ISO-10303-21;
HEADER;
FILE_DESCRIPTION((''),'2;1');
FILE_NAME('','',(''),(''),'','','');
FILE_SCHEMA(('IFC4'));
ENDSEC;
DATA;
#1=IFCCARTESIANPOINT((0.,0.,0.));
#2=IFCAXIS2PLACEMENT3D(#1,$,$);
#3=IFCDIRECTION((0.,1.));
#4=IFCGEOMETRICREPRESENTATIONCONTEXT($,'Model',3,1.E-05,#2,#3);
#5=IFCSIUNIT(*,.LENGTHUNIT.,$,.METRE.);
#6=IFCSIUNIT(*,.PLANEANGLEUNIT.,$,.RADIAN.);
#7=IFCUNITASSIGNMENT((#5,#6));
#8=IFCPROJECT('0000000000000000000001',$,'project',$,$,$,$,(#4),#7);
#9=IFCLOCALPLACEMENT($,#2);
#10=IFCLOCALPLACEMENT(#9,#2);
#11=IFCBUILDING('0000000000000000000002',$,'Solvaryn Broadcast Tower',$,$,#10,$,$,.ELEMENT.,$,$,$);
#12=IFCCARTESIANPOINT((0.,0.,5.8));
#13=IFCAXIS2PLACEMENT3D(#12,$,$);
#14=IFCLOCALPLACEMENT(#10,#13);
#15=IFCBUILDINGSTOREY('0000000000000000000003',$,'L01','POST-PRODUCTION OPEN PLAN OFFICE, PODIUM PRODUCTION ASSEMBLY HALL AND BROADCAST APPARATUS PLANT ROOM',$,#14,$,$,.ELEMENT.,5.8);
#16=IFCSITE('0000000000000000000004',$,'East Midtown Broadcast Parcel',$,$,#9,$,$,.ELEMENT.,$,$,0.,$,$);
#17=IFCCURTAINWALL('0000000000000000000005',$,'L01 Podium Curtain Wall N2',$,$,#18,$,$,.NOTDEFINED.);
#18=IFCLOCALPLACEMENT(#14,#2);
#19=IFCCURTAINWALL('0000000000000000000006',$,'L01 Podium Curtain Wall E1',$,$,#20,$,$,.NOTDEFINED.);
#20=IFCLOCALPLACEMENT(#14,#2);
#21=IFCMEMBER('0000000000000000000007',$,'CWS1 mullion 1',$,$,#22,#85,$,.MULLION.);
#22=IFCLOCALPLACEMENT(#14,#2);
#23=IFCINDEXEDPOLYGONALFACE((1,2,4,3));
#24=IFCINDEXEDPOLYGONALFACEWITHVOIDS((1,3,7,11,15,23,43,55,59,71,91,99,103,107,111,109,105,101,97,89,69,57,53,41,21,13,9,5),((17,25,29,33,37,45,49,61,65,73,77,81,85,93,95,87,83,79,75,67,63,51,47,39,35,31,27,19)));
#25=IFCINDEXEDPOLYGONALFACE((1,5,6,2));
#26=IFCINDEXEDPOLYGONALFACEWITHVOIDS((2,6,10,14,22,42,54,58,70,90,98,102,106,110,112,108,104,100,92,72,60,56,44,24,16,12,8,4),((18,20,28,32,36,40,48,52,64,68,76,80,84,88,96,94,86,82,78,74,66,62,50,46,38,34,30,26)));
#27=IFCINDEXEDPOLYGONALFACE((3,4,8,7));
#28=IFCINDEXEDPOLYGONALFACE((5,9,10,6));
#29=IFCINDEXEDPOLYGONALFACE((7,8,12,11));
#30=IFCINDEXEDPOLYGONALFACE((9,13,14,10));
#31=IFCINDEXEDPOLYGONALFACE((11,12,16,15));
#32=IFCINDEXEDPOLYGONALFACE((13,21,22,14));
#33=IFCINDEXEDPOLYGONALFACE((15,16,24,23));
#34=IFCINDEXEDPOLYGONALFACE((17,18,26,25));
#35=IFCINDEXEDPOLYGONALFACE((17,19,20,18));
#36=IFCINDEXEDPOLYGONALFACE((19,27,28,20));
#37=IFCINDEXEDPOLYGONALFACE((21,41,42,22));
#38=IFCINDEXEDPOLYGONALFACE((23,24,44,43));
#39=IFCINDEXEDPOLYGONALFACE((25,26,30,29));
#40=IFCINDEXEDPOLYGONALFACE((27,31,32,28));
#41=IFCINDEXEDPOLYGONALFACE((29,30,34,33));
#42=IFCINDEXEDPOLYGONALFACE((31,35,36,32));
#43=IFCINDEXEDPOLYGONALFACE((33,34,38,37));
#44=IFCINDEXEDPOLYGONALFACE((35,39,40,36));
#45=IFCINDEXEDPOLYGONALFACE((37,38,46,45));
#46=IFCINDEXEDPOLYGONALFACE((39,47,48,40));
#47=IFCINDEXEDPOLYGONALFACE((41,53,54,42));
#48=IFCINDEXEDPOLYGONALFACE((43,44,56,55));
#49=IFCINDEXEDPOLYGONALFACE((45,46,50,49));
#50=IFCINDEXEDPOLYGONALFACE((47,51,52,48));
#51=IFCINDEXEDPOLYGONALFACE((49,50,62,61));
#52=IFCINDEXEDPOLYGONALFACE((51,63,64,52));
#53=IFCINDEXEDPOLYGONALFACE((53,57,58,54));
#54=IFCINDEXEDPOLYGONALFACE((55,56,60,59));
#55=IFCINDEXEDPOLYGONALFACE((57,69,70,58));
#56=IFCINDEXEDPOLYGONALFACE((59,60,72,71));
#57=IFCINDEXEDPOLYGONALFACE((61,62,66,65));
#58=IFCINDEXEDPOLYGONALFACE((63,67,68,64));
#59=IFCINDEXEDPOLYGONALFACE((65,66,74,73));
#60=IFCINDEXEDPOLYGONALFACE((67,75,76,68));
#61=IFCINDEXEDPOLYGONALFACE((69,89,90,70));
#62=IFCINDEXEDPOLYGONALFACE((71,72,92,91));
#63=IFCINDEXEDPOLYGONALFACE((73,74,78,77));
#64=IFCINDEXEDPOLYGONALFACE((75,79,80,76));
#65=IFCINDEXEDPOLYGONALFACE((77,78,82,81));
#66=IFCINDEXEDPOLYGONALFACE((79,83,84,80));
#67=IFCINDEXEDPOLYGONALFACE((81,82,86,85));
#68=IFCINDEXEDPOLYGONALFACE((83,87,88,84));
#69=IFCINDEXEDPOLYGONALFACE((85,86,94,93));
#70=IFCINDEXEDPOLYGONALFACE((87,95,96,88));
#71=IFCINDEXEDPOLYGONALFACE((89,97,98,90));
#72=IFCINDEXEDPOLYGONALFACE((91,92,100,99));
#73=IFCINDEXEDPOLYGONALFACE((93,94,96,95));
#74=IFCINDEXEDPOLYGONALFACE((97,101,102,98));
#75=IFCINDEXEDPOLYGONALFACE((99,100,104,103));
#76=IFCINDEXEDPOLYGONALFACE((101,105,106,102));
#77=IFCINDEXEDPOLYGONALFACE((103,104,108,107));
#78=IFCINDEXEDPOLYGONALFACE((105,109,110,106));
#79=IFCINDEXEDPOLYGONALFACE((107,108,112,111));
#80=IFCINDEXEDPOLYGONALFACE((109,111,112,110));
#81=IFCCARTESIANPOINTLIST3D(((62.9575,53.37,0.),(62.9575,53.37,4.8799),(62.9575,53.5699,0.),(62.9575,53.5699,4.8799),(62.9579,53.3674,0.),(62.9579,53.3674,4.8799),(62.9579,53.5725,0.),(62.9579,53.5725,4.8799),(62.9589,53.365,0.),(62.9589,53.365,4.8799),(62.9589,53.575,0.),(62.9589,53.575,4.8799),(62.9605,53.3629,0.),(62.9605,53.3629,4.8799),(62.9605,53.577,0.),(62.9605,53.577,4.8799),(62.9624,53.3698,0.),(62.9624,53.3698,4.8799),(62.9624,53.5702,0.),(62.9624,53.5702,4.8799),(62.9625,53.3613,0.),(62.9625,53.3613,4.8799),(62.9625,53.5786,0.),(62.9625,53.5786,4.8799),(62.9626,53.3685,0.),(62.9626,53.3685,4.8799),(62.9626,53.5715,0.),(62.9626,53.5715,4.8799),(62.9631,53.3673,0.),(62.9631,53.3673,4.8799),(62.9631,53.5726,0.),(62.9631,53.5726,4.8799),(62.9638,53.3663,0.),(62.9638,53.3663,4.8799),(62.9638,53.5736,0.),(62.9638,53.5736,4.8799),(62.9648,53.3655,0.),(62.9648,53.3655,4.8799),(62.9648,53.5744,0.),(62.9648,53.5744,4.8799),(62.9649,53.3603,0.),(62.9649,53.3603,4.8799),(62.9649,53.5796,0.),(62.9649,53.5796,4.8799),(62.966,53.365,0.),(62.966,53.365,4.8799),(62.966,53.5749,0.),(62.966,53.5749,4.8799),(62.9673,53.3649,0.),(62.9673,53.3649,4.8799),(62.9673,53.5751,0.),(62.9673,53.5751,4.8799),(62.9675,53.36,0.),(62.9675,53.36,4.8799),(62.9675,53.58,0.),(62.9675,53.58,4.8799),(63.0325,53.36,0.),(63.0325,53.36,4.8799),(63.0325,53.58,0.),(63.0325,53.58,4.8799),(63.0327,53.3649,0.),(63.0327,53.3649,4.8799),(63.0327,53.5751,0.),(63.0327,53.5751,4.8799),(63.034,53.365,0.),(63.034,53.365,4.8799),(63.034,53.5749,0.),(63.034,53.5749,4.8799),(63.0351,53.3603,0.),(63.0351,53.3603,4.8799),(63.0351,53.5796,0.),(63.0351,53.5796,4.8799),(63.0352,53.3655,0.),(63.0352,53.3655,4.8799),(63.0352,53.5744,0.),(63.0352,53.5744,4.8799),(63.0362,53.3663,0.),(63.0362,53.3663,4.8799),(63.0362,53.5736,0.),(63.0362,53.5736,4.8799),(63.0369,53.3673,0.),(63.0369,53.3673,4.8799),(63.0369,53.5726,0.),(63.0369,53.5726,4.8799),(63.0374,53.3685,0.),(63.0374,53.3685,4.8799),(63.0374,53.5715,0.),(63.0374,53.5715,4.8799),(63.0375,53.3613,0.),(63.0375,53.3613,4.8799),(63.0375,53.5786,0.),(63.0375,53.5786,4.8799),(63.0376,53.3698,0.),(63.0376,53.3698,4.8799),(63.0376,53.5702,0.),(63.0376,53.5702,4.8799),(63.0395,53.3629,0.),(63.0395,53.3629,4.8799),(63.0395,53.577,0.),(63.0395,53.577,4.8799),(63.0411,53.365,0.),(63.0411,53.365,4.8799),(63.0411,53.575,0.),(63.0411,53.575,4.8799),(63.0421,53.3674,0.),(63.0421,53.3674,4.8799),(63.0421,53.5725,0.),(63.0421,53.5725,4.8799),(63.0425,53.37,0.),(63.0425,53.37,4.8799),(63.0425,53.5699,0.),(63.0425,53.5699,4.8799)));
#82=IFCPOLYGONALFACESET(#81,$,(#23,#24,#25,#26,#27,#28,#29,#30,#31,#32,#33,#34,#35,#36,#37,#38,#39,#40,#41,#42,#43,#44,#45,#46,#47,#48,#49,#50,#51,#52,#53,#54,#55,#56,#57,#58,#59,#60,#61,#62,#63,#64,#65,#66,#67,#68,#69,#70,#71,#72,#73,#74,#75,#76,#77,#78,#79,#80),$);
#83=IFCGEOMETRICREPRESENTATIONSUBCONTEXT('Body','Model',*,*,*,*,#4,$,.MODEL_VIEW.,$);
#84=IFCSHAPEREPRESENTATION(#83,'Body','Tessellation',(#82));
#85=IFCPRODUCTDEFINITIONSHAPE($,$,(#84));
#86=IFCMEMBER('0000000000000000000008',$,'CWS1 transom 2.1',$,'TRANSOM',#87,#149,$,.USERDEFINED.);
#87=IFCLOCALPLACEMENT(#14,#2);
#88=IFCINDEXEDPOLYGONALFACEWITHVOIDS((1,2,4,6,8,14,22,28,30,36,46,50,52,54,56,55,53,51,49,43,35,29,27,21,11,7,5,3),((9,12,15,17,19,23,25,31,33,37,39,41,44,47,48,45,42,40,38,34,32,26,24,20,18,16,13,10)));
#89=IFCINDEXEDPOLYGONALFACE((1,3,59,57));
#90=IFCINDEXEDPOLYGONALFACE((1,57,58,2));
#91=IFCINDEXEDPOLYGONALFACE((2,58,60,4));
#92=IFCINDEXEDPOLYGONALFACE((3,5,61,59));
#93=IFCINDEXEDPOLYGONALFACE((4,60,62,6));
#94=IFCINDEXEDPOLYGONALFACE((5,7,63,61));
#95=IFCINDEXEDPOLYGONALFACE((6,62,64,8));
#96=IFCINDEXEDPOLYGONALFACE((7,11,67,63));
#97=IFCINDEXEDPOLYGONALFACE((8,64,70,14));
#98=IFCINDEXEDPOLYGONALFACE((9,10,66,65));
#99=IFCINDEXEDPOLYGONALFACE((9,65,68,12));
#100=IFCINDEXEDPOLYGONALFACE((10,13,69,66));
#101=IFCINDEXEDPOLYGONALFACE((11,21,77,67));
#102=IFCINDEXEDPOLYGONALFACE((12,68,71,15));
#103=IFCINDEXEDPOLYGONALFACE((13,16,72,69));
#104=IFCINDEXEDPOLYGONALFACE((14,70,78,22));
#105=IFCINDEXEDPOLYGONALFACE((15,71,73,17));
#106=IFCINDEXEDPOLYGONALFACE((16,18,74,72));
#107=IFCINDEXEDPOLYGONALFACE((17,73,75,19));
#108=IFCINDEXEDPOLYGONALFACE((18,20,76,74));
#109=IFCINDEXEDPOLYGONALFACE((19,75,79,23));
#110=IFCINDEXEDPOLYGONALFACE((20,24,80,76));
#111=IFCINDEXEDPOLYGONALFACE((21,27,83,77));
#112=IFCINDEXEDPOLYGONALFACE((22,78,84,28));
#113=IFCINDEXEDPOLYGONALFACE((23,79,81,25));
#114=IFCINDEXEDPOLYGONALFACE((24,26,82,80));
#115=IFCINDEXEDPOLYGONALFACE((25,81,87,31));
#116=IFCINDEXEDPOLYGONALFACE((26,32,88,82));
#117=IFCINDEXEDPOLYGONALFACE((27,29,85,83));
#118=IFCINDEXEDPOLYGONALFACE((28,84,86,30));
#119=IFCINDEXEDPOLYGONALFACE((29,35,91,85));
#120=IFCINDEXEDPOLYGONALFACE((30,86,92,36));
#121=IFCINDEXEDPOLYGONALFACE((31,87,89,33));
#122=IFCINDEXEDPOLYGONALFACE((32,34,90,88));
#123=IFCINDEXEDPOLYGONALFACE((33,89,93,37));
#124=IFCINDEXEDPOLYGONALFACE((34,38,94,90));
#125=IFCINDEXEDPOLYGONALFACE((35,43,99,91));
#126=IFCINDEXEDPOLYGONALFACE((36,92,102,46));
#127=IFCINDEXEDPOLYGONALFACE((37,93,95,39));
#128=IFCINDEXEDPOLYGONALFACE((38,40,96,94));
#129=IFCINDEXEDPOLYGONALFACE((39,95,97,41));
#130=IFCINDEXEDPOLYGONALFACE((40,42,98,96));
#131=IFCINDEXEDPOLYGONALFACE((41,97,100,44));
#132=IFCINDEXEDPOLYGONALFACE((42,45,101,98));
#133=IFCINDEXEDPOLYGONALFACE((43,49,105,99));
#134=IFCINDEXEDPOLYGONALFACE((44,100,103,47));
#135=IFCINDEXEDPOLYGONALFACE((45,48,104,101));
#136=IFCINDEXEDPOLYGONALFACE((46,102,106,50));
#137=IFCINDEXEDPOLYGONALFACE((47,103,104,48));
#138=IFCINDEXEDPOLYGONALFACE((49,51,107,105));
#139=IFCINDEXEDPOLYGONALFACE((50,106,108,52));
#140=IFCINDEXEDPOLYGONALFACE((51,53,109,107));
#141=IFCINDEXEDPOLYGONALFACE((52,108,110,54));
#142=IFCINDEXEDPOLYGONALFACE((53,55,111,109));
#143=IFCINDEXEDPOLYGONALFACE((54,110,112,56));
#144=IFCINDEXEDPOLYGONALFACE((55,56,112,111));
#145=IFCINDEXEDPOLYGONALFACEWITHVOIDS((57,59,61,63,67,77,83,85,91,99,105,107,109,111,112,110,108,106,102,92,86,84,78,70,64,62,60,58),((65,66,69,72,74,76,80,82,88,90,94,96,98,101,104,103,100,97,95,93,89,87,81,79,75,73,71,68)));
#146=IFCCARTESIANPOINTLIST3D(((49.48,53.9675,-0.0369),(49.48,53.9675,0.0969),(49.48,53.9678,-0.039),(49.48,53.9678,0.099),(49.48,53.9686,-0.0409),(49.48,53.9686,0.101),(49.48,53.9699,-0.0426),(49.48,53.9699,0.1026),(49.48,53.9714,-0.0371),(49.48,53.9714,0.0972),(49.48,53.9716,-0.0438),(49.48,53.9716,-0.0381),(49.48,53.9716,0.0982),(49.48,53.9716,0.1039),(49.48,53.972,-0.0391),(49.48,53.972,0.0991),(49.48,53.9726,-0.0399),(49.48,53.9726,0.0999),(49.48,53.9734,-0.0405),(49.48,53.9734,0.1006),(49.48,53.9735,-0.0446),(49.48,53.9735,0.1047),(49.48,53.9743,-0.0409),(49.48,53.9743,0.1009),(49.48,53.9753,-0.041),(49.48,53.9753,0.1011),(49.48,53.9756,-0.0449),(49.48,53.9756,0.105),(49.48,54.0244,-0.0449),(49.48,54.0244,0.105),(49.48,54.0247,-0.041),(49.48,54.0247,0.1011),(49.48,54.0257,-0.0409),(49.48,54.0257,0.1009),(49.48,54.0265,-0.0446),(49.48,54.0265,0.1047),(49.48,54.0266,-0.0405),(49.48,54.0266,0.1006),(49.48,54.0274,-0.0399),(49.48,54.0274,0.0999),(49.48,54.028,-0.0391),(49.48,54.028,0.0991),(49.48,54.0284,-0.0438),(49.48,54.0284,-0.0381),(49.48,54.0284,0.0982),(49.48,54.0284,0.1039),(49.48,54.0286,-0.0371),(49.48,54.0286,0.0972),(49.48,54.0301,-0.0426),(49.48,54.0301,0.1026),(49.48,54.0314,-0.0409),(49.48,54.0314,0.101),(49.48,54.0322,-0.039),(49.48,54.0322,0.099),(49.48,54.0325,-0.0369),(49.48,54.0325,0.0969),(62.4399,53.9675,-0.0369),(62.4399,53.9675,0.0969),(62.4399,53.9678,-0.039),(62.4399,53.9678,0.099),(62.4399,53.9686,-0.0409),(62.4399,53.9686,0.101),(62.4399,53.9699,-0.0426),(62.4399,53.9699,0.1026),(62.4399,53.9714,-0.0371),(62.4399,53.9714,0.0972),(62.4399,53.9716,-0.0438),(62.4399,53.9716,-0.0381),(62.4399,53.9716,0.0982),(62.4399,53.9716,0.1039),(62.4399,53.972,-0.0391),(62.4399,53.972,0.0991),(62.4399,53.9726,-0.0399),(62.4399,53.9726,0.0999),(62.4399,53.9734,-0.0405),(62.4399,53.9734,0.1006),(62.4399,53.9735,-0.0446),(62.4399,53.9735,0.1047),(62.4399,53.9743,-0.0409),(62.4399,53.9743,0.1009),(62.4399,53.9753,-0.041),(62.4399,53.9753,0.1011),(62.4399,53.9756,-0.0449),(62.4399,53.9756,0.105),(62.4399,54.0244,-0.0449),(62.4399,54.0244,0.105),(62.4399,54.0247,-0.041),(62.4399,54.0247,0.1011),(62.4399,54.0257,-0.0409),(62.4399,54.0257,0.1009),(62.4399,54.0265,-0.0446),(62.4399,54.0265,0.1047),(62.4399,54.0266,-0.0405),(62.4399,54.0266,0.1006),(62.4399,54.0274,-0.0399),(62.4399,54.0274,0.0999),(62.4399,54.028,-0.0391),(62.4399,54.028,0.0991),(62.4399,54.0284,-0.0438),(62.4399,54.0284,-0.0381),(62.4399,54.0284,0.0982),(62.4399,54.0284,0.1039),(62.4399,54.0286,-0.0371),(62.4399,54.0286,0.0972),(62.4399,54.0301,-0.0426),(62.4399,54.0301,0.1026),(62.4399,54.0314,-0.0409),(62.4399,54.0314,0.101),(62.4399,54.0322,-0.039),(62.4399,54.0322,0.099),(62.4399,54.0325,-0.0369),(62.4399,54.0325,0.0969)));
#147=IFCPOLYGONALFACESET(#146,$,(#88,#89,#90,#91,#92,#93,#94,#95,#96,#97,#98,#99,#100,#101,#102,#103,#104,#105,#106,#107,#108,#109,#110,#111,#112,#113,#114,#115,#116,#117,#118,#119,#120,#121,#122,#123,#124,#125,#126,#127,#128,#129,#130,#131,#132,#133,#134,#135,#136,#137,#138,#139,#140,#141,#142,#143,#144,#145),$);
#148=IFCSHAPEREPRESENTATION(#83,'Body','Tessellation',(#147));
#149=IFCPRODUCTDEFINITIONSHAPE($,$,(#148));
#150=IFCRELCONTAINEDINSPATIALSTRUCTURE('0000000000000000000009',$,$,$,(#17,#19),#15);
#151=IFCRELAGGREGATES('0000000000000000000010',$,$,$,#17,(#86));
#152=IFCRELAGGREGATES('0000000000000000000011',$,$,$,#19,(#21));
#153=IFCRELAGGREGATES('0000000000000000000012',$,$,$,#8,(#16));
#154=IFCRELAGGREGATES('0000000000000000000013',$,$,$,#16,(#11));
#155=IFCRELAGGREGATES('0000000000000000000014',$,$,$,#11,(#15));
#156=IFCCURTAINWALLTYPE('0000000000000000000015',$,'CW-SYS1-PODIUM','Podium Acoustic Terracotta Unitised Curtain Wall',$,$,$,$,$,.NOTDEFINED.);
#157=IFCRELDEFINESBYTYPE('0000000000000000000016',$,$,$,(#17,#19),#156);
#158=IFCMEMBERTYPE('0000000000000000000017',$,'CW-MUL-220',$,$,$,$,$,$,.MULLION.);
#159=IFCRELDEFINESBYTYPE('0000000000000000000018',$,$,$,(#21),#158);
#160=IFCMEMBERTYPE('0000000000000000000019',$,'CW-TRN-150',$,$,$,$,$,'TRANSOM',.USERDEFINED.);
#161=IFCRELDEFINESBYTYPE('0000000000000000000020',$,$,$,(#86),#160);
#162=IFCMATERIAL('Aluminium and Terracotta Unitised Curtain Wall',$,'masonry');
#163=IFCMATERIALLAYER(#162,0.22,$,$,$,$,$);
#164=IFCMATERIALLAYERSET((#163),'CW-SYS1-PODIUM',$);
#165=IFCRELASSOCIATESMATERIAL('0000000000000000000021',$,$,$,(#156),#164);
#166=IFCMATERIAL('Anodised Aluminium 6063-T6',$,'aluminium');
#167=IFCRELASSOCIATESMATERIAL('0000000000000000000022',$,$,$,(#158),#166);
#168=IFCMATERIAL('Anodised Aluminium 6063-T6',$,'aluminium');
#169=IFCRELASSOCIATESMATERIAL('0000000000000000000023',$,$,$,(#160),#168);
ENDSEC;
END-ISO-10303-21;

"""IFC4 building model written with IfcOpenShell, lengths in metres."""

from ifc_helpers import new_model, si_unit, direction, frame, origin, origin_2d, place, context, subcontext, project, spatial, hollow_rectangle, extrude, material, layer, layer_set, material_profile, profile_set, type_object, element, aggregate, save


model = new_model("IFC4")

# Units and contexts
model_context = context("Model", 3, precision=1e-05, world=origin(), true_north=direction((0.0, 1.0)))
body_context = subcontext(model_context, "Body", "Model", "MODEL_VIEW")
ifc_project = project(units=[si_unit("LENGTHUNIT", "METRE"), si_unit("PLANEANGLEUNIT", "RADIAN")], contexts=[model_context])

# Site, building, storey
site_placement = place(None, origin())
site = spatial("IfcSite", under=ifc_project, at=site_placement, Name="East Midtown Broadcast Parcel", CompositionType="ELEMENT", RefElevation=0.0)
building_placement = place(site_placement, origin())
building = spatial("IfcBuilding", under=site, at=building_placement, Name="Solvaryn Broadcast Tower", CompositionType="ELEMENT")
storey_placement = place(building_placement, frame((0.0, 0.0, 5.8)))
storey = spatial("IfcBuildingStorey", under=building, at=storey_placement, Name="L01", Description="POST-PRODUCTION OPEN PLAN OFFICE, PODIUM PRODUCTION ASSEMBLY HALL AND BROADCAST APPARATUS PLANT ROOM", CompositionType="ELEMENT", Elevation=5.8)

# Curtain wall
ifc_material_1 = material(Name="Aluminium and Terracotta Unitised Curtain Wall", Category="masonry")
ifc_layer_1 = layer(ifc_material_1, 0.22)
ifc_layer_set_1 = layer_set([ifc_layer_1], Name="CW-SYS1-PODIUM")
curtain_wall_type = type_object("IfcCurtainWallType", Name="CW-SYS1-PODIUM", Description="Podium Acoustic Terracotta Unitised Curtain Wall", PredefinedType="NOTDEFINED", material=ifc_layer_set_1)
curtain_wall_1_placement = place(storey_placement, origin())
curtain_wall_1 = element("IfcCurtainWall", 1, at=curtain_wall_1_placement, inside=storey, type_object=curtain_wall_type, Name="L01 Podium Curtain Wall N2", PredefinedType="NOTDEFINED")
ifc_material_2 = material(Name="Anodised Aluminium 6063-T6", Category="aluminium")
ifc_material_profile_1 = material_profile(ifc_material_2, hollow_rectangle(XDim=0.085, YDim=0.22, WallThickness=0.0049, InnerFilletRadius=0.0049, OuterFilletRadius=0.01, at=origin_2d()))
ifc_profile_set_1 = profile_set([ifc_material_profile_1], Name="Anodised Aluminium 6063-T6")
member_type_1 = type_object("IfcMemberType", Name="CW-MUL-220", PredefinedType="MULLION", material=ifc_profile_set_1)

# Curtain wall, member
curtain_wall_2_placement = place(storey_placement, origin())
curtain_wall_2 = element("IfcCurtainWall", 2, at=curtain_wall_2_placement, inside=storey, type_object=curtain_wall_type, Name="L01 Podium Curtain Wall E1", PredefinedType="NOTDEFINED")
member_1_placement = place(storey_placement, frame((63.0, 53.47, 0.0), z_axis=(0.0, 0.0, 1.0), x_axis=(1.0, 0.0, 0.0)))
member_1 = element("IfcMember", 3, at=member_1_placement, type_object=member_type_1, Name="CWS1 mullion 1", PredefinedType="MULLION", context=body_context, shape_type="SweptSolid", body=[
    extrude(hollow_rectangle(XDim=0.085, YDim=0.22, WallThickness=0.0049, InnerFilletRadius=0.0049, OuterFilletRadius=0.01, at=origin_2d()), origin(), (0.0, 0.0, 1.0), 4.8799),
])

# Member
ifc_material_3 = material(Name="Anodised Aluminium 6063-T6", Category="aluminium")
ifc_material_profile_2 = material_profile(ifc_material_3, hollow_rectangle(XDim=0.0649, YDim=0.1499, WallThickness=0.0039, InnerFilletRadius=0.0039, OuterFilletRadius=0.0081, at=origin_2d()))
ifc_profile_set_2 = profile_set([ifc_material_profile_2], Name="Anodised Aluminium 6063-T6")
member_type_2 = type_object("IfcMemberType", Name="CW-TRN-150", ElementType="TRANSOM", PredefinedType="USERDEFINED", material=ifc_profile_set_2)
member_2_placement = place(storey_placement, frame((49.48, 54.0, 0.03), z_axis=(1.0, 0.0, 0.0), x_axis=(0.0, 1.0, 0.0)))
member_2 = element("IfcMember", 4, at=member_2_placement, type_object=member_type_2, Name="CWS1 transom 2.1", ObjectType="TRANSOM", PredefinedType="USERDEFINED", context=body_context, shape_type="SweptSolid", body=[
    extrude(hollow_rectangle(XDim=0.0649, YDim=0.1499, WallThickness=0.0039, InnerFilletRadius=0.0039, OuterFilletRadius=0.0081, at=origin_2d()), origin(), (0.0, 0.0, 1.0), 12.96),
])

aggregate(curtain_wall_1, [member_2])
aggregate(curtain_wall_2, [member_1])

save(model, "model.ifc")
